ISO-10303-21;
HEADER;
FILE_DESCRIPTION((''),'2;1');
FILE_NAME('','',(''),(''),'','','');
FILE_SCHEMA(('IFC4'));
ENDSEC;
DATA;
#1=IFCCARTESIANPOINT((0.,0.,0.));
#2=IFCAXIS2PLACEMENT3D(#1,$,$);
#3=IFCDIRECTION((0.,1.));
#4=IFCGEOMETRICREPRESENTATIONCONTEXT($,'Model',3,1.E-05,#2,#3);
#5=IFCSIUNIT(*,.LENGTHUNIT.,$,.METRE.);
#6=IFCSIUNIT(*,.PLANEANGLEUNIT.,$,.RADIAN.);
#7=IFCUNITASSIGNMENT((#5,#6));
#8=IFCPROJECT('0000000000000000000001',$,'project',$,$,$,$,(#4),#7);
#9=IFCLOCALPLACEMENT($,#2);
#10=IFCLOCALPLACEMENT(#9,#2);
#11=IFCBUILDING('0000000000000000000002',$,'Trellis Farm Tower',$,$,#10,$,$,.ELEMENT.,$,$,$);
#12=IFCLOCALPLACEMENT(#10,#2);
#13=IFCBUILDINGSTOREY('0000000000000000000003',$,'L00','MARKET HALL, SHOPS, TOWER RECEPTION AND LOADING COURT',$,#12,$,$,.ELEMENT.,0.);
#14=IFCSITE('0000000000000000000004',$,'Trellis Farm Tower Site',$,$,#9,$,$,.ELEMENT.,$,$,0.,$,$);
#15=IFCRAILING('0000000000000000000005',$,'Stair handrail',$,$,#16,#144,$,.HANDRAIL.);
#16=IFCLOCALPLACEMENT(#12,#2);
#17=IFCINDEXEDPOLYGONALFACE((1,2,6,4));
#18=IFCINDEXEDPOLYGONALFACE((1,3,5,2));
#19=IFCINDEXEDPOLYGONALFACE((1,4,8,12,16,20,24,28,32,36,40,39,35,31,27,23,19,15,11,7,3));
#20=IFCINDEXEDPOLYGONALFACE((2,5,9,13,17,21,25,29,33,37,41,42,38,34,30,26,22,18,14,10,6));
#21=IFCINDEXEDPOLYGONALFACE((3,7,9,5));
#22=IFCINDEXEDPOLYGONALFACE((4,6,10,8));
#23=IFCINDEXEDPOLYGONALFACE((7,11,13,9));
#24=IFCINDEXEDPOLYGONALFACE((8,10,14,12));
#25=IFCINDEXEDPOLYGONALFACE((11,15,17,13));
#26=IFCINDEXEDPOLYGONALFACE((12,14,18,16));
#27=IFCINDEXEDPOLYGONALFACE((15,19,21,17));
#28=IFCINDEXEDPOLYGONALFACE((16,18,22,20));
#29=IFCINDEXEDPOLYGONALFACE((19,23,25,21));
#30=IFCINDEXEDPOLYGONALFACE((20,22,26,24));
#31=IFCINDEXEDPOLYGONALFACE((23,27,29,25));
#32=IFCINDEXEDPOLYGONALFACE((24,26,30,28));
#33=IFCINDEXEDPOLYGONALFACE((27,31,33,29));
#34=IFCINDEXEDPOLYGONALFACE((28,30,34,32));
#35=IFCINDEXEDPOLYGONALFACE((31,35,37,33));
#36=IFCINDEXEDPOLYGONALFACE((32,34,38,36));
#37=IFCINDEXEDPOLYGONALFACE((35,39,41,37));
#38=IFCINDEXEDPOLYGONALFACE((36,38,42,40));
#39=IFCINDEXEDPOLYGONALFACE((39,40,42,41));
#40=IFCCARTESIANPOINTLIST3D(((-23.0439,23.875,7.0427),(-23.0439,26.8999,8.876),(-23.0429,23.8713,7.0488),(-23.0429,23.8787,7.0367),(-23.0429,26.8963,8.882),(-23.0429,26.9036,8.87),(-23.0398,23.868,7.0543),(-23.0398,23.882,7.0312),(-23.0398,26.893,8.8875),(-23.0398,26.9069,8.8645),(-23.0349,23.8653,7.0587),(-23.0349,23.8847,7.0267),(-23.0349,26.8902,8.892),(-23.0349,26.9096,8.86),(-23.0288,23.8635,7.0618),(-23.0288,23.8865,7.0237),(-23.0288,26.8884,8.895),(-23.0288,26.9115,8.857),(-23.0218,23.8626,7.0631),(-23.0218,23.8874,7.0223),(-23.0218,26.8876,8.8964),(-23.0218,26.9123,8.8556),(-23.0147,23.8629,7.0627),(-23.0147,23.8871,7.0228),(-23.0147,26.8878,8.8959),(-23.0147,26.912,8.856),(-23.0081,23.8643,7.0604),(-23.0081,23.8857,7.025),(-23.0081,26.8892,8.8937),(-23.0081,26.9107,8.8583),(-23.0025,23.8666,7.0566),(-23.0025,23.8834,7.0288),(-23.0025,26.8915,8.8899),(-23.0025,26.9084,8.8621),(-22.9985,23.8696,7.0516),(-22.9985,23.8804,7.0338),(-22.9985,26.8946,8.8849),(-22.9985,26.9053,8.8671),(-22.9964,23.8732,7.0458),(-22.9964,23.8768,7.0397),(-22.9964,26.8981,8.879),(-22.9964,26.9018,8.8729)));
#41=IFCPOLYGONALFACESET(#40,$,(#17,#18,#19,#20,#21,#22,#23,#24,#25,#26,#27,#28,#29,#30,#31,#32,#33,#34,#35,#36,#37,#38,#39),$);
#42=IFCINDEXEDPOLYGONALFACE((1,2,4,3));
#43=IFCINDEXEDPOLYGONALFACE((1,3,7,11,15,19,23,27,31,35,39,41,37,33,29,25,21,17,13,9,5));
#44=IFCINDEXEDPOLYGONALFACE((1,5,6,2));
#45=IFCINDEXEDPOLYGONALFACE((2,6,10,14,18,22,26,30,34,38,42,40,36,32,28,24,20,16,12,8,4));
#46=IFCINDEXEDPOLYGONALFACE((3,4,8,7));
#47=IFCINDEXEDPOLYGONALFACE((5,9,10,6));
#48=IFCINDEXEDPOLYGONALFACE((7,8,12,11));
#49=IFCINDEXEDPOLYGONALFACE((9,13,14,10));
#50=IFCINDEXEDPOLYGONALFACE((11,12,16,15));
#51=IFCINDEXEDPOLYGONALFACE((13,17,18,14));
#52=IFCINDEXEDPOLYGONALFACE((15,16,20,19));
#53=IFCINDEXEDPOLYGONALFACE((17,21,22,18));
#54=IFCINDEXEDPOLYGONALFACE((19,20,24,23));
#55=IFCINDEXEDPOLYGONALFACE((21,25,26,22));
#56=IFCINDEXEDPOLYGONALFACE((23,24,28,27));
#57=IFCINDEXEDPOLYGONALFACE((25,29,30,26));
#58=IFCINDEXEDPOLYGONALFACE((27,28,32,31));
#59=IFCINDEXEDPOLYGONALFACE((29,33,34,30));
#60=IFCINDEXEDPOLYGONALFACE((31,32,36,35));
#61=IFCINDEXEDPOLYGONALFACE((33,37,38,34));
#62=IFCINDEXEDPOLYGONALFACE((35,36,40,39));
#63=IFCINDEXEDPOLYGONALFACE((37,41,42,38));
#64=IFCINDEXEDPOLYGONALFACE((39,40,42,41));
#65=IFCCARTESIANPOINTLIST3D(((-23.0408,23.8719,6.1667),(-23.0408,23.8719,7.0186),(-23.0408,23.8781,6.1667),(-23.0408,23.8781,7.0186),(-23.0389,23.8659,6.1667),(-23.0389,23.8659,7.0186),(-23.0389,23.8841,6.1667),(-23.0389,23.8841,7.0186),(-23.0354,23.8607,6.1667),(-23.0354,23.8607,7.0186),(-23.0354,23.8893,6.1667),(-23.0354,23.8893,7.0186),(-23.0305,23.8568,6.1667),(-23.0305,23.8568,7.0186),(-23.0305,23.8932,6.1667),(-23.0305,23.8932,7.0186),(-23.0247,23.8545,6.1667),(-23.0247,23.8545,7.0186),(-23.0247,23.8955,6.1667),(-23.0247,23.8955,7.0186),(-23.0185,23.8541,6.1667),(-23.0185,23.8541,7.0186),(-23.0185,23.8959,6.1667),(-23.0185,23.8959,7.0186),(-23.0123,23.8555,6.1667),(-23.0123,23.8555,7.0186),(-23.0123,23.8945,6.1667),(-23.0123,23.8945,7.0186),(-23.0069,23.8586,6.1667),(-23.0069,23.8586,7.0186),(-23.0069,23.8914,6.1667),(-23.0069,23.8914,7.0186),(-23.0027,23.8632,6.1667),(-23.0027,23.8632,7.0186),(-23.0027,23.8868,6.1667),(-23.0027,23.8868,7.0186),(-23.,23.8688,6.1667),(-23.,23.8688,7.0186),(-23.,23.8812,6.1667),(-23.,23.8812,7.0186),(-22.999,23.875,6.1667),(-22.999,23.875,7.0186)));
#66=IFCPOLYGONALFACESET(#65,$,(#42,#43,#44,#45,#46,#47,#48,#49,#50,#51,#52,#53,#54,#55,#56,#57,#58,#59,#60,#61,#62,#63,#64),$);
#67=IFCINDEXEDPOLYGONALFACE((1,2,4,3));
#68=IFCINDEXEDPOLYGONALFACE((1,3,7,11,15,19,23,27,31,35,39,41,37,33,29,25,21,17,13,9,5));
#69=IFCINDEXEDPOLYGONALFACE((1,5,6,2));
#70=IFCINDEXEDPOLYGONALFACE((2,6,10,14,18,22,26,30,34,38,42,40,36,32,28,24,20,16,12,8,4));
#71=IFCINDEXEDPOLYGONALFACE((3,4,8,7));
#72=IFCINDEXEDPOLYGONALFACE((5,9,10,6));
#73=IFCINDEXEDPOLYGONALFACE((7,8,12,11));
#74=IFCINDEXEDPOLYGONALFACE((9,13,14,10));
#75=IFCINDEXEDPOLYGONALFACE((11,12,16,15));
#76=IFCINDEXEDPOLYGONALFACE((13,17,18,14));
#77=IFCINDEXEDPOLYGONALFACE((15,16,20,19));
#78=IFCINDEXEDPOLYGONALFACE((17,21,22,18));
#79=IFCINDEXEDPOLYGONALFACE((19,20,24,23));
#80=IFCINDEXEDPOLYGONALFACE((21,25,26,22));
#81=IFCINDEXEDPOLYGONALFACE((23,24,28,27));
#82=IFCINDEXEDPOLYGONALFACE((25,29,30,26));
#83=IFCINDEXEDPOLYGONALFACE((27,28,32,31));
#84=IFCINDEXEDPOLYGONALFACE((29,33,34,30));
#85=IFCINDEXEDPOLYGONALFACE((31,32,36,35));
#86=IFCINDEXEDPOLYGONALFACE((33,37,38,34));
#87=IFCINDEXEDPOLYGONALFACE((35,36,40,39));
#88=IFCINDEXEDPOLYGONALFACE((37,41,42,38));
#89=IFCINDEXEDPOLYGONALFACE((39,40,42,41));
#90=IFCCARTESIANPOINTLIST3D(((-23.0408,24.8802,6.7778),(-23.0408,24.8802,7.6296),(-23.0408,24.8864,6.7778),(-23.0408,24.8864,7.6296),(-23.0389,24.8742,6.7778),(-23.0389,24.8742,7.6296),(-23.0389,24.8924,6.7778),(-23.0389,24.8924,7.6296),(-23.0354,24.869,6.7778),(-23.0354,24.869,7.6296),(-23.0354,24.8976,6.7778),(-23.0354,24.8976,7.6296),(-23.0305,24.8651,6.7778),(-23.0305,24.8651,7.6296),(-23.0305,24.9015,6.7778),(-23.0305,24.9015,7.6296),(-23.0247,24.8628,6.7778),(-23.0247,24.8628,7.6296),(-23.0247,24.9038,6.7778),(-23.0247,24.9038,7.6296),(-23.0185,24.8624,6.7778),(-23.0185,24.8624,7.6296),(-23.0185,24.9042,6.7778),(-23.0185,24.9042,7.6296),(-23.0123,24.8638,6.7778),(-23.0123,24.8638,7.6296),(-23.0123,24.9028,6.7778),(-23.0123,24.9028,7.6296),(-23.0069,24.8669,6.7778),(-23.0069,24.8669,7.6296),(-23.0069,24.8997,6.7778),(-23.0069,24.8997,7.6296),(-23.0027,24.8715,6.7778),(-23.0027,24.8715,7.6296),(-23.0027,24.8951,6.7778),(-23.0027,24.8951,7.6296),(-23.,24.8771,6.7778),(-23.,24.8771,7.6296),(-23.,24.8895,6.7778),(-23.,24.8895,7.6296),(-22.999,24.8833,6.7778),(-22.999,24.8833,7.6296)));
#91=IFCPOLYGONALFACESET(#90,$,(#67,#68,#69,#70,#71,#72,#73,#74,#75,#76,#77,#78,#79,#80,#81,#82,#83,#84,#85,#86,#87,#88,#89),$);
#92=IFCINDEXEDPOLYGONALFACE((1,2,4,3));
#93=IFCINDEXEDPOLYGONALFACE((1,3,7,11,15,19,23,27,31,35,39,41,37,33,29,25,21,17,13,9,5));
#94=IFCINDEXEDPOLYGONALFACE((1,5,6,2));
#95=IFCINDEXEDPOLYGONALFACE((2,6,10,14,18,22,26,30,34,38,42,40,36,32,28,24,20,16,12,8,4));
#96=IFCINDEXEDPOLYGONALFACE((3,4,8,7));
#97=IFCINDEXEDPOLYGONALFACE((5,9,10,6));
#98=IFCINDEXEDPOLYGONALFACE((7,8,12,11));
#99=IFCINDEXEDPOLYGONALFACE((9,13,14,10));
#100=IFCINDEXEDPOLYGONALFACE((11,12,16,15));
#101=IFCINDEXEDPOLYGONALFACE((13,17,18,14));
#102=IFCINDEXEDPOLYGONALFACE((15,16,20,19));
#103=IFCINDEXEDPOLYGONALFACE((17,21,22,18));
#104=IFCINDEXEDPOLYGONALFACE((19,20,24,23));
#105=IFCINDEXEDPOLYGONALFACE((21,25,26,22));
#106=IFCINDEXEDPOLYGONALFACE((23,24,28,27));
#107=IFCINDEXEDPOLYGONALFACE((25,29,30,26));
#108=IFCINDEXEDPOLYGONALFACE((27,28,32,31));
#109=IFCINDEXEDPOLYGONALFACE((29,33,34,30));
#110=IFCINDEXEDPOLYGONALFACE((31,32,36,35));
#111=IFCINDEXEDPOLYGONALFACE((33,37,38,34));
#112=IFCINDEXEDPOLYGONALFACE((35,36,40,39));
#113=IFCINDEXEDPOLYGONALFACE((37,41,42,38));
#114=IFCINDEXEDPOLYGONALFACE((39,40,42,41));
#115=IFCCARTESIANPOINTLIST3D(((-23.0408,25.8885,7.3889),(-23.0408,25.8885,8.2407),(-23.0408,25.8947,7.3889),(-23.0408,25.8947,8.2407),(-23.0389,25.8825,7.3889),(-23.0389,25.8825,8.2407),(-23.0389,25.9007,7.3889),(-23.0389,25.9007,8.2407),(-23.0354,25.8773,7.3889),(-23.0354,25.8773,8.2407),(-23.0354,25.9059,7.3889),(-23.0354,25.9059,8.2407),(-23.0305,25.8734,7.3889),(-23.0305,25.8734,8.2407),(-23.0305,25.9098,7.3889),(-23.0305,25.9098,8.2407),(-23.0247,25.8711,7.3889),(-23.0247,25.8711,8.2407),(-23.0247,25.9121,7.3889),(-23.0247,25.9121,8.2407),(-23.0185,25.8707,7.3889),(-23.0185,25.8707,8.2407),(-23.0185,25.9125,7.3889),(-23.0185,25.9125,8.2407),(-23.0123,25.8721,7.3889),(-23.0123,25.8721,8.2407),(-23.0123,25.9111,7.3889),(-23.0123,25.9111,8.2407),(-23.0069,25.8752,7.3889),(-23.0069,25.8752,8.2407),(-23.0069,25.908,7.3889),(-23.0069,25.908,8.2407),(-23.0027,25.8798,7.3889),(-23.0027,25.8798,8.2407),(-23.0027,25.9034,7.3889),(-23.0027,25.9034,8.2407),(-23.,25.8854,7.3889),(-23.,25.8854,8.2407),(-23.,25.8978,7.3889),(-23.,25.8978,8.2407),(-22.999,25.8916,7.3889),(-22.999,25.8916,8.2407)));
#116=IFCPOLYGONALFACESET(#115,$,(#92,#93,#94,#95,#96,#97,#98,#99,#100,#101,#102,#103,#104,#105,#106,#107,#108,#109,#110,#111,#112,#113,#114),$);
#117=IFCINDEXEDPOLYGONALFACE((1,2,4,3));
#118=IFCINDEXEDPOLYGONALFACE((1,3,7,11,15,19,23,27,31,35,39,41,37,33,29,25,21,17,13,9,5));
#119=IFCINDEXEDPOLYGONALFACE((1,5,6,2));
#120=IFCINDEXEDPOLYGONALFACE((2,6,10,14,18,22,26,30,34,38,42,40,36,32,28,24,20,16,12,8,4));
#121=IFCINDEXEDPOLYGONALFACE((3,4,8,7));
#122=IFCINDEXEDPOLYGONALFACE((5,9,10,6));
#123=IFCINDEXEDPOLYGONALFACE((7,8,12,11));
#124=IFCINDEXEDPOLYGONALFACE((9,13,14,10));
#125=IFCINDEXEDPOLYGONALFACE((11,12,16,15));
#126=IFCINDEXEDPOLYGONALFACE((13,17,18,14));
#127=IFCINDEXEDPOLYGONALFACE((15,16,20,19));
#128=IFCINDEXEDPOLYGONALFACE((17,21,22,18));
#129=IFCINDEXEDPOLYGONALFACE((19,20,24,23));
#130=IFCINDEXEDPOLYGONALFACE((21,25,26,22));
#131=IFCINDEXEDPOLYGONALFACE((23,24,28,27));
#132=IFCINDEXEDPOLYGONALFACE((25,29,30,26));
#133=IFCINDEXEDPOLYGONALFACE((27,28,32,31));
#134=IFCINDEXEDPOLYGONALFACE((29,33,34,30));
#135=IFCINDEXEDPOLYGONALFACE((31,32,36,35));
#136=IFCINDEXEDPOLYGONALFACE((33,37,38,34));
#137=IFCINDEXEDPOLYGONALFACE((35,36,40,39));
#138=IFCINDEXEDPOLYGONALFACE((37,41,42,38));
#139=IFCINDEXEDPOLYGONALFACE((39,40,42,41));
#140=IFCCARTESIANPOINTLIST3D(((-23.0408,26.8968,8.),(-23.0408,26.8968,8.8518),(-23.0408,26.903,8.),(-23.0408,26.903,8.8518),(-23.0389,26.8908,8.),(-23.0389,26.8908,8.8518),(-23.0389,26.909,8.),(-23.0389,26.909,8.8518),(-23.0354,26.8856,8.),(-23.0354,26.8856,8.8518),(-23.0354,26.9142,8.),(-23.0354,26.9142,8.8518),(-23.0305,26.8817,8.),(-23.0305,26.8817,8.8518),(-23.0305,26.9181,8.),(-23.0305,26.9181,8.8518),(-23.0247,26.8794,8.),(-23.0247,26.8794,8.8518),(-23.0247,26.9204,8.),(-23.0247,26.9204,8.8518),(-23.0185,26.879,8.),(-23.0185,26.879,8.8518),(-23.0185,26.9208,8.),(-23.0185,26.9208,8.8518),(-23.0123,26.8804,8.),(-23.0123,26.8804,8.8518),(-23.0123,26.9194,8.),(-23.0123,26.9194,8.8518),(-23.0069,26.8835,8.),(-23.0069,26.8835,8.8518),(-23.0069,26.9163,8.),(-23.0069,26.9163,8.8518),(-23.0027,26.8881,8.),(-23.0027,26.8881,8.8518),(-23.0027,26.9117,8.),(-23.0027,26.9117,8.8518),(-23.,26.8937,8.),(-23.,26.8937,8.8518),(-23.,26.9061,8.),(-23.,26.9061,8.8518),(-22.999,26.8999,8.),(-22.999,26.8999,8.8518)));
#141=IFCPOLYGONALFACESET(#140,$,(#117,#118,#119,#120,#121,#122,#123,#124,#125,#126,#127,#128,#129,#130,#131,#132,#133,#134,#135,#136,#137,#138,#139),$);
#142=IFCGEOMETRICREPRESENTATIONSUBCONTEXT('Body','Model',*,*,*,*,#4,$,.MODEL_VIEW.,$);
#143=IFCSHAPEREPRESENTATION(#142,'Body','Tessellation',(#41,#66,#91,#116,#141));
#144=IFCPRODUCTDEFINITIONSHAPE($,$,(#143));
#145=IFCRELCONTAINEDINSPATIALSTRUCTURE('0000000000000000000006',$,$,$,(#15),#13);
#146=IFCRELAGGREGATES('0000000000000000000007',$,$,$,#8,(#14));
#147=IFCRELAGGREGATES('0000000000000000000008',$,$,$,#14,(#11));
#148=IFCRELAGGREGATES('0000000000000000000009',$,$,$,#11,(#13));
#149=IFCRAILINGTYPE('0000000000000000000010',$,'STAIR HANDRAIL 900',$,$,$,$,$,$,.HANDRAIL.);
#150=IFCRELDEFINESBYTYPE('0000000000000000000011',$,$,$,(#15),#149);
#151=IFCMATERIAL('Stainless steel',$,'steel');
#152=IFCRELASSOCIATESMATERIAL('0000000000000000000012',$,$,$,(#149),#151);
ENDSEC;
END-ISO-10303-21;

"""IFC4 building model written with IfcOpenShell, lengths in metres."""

from ifc_helpers import new_model, si_unit, direction, frame, origin, origin_2d, place, context, subcontext, project, spatial, circle, extrude, source, transform, mapped, material, type_object, element, save


model = new_model("IFC4")

# Units and contexts
model_context = context("Model", 3, precision=1e-05, world=origin(), true_north=direction((0.0, 1.0)))
body_context = subcontext(model_context, "Body", "Model", "MODEL_VIEW")
ifc_project = project(units=[si_unit("LENGTHUNIT", "METRE"), si_unit("PLANEANGLEUNIT", "RADIAN")], contexts=[model_context])

# Site, building, storey
site_placement = place(None, origin())
site = spatial("IfcSite", under=ifc_project, at=site_placement, Name="Trellis Farm Tower Site", CompositionType="ELEMENT", RefElevation=0.0)
building_placement = place(site_placement, origin())
building = spatial("IfcBuilding", under=site, at=building_placement, Name="Trellis Farm Tower", CompositionType="ELEMENT")
storey_placement = place(building_placement, origin())
storey = spatial("IfcBuildingStorey", under=building, at=storey_placement, Name="L00", Description="MARKET HALL, SHOPS, TOWER RECEPTION AND LOADING COURT", CompositionType="ELEMENT", Elevation=0.0)

# Railing
ifc_material_1 = material(Name="Stainless steel", Category="steel")
railing_type = type_object("IfcRailingType", Name="STAIR HANDRAIL 900", PredefinedType="HANDRAIL", material=ifc_material_1)
shared_shape_1 = source(origin(), body_context, "Body", "SweptSolid", [
    extrude(circle(Radius=0.0239, at=origin_2d()), frame((0.0, 0.0, 0.876), z_axis=(0.0, 0.855201, 0.518297), x_axis=(-1.0, 0.0, 0.0)), (0.0, 0.0, 1.0), 3.5371),
    extrude(circle(Radius=0.021, at=origin_2d()), origin(), (0.0, 0.0, 1.0), 0.8518),
    extrude(circle(Radius=0.021, at=origin_2d()), frame((0.0, 1.0083, 0.6111)), (0.0, 0.0, 1.0), 0.8518),
    extrude(circle(Radius=0.021, at=origin_2d()), frame((0.0, 2.0166, 1.2222)), (0.0, 0.0, 1.0), 0.8518),
    extrude(circle(Radius=0.021, at=origin_2d()), frame((0.0, 3.0249, 1.8333)), (0.0, 0.0, 1.0), 0.8518),
])
for number, where, name in (
    (1, (-23.02, 23.875, 6.1667), "Stair handrail"),
):
    element("IfcRailing", number, at=place(storey_placement, frame(where)), inside=storey, type_object=railing_type, Name=name, PredefinedType="HANDRAIL", context=body_context, shape_type="MappedRepresentation", body=[
        mapped(shared_shape_1, transform((0.0, 0.0, 0.0))),
    ])

save(model, "model.ifc")
